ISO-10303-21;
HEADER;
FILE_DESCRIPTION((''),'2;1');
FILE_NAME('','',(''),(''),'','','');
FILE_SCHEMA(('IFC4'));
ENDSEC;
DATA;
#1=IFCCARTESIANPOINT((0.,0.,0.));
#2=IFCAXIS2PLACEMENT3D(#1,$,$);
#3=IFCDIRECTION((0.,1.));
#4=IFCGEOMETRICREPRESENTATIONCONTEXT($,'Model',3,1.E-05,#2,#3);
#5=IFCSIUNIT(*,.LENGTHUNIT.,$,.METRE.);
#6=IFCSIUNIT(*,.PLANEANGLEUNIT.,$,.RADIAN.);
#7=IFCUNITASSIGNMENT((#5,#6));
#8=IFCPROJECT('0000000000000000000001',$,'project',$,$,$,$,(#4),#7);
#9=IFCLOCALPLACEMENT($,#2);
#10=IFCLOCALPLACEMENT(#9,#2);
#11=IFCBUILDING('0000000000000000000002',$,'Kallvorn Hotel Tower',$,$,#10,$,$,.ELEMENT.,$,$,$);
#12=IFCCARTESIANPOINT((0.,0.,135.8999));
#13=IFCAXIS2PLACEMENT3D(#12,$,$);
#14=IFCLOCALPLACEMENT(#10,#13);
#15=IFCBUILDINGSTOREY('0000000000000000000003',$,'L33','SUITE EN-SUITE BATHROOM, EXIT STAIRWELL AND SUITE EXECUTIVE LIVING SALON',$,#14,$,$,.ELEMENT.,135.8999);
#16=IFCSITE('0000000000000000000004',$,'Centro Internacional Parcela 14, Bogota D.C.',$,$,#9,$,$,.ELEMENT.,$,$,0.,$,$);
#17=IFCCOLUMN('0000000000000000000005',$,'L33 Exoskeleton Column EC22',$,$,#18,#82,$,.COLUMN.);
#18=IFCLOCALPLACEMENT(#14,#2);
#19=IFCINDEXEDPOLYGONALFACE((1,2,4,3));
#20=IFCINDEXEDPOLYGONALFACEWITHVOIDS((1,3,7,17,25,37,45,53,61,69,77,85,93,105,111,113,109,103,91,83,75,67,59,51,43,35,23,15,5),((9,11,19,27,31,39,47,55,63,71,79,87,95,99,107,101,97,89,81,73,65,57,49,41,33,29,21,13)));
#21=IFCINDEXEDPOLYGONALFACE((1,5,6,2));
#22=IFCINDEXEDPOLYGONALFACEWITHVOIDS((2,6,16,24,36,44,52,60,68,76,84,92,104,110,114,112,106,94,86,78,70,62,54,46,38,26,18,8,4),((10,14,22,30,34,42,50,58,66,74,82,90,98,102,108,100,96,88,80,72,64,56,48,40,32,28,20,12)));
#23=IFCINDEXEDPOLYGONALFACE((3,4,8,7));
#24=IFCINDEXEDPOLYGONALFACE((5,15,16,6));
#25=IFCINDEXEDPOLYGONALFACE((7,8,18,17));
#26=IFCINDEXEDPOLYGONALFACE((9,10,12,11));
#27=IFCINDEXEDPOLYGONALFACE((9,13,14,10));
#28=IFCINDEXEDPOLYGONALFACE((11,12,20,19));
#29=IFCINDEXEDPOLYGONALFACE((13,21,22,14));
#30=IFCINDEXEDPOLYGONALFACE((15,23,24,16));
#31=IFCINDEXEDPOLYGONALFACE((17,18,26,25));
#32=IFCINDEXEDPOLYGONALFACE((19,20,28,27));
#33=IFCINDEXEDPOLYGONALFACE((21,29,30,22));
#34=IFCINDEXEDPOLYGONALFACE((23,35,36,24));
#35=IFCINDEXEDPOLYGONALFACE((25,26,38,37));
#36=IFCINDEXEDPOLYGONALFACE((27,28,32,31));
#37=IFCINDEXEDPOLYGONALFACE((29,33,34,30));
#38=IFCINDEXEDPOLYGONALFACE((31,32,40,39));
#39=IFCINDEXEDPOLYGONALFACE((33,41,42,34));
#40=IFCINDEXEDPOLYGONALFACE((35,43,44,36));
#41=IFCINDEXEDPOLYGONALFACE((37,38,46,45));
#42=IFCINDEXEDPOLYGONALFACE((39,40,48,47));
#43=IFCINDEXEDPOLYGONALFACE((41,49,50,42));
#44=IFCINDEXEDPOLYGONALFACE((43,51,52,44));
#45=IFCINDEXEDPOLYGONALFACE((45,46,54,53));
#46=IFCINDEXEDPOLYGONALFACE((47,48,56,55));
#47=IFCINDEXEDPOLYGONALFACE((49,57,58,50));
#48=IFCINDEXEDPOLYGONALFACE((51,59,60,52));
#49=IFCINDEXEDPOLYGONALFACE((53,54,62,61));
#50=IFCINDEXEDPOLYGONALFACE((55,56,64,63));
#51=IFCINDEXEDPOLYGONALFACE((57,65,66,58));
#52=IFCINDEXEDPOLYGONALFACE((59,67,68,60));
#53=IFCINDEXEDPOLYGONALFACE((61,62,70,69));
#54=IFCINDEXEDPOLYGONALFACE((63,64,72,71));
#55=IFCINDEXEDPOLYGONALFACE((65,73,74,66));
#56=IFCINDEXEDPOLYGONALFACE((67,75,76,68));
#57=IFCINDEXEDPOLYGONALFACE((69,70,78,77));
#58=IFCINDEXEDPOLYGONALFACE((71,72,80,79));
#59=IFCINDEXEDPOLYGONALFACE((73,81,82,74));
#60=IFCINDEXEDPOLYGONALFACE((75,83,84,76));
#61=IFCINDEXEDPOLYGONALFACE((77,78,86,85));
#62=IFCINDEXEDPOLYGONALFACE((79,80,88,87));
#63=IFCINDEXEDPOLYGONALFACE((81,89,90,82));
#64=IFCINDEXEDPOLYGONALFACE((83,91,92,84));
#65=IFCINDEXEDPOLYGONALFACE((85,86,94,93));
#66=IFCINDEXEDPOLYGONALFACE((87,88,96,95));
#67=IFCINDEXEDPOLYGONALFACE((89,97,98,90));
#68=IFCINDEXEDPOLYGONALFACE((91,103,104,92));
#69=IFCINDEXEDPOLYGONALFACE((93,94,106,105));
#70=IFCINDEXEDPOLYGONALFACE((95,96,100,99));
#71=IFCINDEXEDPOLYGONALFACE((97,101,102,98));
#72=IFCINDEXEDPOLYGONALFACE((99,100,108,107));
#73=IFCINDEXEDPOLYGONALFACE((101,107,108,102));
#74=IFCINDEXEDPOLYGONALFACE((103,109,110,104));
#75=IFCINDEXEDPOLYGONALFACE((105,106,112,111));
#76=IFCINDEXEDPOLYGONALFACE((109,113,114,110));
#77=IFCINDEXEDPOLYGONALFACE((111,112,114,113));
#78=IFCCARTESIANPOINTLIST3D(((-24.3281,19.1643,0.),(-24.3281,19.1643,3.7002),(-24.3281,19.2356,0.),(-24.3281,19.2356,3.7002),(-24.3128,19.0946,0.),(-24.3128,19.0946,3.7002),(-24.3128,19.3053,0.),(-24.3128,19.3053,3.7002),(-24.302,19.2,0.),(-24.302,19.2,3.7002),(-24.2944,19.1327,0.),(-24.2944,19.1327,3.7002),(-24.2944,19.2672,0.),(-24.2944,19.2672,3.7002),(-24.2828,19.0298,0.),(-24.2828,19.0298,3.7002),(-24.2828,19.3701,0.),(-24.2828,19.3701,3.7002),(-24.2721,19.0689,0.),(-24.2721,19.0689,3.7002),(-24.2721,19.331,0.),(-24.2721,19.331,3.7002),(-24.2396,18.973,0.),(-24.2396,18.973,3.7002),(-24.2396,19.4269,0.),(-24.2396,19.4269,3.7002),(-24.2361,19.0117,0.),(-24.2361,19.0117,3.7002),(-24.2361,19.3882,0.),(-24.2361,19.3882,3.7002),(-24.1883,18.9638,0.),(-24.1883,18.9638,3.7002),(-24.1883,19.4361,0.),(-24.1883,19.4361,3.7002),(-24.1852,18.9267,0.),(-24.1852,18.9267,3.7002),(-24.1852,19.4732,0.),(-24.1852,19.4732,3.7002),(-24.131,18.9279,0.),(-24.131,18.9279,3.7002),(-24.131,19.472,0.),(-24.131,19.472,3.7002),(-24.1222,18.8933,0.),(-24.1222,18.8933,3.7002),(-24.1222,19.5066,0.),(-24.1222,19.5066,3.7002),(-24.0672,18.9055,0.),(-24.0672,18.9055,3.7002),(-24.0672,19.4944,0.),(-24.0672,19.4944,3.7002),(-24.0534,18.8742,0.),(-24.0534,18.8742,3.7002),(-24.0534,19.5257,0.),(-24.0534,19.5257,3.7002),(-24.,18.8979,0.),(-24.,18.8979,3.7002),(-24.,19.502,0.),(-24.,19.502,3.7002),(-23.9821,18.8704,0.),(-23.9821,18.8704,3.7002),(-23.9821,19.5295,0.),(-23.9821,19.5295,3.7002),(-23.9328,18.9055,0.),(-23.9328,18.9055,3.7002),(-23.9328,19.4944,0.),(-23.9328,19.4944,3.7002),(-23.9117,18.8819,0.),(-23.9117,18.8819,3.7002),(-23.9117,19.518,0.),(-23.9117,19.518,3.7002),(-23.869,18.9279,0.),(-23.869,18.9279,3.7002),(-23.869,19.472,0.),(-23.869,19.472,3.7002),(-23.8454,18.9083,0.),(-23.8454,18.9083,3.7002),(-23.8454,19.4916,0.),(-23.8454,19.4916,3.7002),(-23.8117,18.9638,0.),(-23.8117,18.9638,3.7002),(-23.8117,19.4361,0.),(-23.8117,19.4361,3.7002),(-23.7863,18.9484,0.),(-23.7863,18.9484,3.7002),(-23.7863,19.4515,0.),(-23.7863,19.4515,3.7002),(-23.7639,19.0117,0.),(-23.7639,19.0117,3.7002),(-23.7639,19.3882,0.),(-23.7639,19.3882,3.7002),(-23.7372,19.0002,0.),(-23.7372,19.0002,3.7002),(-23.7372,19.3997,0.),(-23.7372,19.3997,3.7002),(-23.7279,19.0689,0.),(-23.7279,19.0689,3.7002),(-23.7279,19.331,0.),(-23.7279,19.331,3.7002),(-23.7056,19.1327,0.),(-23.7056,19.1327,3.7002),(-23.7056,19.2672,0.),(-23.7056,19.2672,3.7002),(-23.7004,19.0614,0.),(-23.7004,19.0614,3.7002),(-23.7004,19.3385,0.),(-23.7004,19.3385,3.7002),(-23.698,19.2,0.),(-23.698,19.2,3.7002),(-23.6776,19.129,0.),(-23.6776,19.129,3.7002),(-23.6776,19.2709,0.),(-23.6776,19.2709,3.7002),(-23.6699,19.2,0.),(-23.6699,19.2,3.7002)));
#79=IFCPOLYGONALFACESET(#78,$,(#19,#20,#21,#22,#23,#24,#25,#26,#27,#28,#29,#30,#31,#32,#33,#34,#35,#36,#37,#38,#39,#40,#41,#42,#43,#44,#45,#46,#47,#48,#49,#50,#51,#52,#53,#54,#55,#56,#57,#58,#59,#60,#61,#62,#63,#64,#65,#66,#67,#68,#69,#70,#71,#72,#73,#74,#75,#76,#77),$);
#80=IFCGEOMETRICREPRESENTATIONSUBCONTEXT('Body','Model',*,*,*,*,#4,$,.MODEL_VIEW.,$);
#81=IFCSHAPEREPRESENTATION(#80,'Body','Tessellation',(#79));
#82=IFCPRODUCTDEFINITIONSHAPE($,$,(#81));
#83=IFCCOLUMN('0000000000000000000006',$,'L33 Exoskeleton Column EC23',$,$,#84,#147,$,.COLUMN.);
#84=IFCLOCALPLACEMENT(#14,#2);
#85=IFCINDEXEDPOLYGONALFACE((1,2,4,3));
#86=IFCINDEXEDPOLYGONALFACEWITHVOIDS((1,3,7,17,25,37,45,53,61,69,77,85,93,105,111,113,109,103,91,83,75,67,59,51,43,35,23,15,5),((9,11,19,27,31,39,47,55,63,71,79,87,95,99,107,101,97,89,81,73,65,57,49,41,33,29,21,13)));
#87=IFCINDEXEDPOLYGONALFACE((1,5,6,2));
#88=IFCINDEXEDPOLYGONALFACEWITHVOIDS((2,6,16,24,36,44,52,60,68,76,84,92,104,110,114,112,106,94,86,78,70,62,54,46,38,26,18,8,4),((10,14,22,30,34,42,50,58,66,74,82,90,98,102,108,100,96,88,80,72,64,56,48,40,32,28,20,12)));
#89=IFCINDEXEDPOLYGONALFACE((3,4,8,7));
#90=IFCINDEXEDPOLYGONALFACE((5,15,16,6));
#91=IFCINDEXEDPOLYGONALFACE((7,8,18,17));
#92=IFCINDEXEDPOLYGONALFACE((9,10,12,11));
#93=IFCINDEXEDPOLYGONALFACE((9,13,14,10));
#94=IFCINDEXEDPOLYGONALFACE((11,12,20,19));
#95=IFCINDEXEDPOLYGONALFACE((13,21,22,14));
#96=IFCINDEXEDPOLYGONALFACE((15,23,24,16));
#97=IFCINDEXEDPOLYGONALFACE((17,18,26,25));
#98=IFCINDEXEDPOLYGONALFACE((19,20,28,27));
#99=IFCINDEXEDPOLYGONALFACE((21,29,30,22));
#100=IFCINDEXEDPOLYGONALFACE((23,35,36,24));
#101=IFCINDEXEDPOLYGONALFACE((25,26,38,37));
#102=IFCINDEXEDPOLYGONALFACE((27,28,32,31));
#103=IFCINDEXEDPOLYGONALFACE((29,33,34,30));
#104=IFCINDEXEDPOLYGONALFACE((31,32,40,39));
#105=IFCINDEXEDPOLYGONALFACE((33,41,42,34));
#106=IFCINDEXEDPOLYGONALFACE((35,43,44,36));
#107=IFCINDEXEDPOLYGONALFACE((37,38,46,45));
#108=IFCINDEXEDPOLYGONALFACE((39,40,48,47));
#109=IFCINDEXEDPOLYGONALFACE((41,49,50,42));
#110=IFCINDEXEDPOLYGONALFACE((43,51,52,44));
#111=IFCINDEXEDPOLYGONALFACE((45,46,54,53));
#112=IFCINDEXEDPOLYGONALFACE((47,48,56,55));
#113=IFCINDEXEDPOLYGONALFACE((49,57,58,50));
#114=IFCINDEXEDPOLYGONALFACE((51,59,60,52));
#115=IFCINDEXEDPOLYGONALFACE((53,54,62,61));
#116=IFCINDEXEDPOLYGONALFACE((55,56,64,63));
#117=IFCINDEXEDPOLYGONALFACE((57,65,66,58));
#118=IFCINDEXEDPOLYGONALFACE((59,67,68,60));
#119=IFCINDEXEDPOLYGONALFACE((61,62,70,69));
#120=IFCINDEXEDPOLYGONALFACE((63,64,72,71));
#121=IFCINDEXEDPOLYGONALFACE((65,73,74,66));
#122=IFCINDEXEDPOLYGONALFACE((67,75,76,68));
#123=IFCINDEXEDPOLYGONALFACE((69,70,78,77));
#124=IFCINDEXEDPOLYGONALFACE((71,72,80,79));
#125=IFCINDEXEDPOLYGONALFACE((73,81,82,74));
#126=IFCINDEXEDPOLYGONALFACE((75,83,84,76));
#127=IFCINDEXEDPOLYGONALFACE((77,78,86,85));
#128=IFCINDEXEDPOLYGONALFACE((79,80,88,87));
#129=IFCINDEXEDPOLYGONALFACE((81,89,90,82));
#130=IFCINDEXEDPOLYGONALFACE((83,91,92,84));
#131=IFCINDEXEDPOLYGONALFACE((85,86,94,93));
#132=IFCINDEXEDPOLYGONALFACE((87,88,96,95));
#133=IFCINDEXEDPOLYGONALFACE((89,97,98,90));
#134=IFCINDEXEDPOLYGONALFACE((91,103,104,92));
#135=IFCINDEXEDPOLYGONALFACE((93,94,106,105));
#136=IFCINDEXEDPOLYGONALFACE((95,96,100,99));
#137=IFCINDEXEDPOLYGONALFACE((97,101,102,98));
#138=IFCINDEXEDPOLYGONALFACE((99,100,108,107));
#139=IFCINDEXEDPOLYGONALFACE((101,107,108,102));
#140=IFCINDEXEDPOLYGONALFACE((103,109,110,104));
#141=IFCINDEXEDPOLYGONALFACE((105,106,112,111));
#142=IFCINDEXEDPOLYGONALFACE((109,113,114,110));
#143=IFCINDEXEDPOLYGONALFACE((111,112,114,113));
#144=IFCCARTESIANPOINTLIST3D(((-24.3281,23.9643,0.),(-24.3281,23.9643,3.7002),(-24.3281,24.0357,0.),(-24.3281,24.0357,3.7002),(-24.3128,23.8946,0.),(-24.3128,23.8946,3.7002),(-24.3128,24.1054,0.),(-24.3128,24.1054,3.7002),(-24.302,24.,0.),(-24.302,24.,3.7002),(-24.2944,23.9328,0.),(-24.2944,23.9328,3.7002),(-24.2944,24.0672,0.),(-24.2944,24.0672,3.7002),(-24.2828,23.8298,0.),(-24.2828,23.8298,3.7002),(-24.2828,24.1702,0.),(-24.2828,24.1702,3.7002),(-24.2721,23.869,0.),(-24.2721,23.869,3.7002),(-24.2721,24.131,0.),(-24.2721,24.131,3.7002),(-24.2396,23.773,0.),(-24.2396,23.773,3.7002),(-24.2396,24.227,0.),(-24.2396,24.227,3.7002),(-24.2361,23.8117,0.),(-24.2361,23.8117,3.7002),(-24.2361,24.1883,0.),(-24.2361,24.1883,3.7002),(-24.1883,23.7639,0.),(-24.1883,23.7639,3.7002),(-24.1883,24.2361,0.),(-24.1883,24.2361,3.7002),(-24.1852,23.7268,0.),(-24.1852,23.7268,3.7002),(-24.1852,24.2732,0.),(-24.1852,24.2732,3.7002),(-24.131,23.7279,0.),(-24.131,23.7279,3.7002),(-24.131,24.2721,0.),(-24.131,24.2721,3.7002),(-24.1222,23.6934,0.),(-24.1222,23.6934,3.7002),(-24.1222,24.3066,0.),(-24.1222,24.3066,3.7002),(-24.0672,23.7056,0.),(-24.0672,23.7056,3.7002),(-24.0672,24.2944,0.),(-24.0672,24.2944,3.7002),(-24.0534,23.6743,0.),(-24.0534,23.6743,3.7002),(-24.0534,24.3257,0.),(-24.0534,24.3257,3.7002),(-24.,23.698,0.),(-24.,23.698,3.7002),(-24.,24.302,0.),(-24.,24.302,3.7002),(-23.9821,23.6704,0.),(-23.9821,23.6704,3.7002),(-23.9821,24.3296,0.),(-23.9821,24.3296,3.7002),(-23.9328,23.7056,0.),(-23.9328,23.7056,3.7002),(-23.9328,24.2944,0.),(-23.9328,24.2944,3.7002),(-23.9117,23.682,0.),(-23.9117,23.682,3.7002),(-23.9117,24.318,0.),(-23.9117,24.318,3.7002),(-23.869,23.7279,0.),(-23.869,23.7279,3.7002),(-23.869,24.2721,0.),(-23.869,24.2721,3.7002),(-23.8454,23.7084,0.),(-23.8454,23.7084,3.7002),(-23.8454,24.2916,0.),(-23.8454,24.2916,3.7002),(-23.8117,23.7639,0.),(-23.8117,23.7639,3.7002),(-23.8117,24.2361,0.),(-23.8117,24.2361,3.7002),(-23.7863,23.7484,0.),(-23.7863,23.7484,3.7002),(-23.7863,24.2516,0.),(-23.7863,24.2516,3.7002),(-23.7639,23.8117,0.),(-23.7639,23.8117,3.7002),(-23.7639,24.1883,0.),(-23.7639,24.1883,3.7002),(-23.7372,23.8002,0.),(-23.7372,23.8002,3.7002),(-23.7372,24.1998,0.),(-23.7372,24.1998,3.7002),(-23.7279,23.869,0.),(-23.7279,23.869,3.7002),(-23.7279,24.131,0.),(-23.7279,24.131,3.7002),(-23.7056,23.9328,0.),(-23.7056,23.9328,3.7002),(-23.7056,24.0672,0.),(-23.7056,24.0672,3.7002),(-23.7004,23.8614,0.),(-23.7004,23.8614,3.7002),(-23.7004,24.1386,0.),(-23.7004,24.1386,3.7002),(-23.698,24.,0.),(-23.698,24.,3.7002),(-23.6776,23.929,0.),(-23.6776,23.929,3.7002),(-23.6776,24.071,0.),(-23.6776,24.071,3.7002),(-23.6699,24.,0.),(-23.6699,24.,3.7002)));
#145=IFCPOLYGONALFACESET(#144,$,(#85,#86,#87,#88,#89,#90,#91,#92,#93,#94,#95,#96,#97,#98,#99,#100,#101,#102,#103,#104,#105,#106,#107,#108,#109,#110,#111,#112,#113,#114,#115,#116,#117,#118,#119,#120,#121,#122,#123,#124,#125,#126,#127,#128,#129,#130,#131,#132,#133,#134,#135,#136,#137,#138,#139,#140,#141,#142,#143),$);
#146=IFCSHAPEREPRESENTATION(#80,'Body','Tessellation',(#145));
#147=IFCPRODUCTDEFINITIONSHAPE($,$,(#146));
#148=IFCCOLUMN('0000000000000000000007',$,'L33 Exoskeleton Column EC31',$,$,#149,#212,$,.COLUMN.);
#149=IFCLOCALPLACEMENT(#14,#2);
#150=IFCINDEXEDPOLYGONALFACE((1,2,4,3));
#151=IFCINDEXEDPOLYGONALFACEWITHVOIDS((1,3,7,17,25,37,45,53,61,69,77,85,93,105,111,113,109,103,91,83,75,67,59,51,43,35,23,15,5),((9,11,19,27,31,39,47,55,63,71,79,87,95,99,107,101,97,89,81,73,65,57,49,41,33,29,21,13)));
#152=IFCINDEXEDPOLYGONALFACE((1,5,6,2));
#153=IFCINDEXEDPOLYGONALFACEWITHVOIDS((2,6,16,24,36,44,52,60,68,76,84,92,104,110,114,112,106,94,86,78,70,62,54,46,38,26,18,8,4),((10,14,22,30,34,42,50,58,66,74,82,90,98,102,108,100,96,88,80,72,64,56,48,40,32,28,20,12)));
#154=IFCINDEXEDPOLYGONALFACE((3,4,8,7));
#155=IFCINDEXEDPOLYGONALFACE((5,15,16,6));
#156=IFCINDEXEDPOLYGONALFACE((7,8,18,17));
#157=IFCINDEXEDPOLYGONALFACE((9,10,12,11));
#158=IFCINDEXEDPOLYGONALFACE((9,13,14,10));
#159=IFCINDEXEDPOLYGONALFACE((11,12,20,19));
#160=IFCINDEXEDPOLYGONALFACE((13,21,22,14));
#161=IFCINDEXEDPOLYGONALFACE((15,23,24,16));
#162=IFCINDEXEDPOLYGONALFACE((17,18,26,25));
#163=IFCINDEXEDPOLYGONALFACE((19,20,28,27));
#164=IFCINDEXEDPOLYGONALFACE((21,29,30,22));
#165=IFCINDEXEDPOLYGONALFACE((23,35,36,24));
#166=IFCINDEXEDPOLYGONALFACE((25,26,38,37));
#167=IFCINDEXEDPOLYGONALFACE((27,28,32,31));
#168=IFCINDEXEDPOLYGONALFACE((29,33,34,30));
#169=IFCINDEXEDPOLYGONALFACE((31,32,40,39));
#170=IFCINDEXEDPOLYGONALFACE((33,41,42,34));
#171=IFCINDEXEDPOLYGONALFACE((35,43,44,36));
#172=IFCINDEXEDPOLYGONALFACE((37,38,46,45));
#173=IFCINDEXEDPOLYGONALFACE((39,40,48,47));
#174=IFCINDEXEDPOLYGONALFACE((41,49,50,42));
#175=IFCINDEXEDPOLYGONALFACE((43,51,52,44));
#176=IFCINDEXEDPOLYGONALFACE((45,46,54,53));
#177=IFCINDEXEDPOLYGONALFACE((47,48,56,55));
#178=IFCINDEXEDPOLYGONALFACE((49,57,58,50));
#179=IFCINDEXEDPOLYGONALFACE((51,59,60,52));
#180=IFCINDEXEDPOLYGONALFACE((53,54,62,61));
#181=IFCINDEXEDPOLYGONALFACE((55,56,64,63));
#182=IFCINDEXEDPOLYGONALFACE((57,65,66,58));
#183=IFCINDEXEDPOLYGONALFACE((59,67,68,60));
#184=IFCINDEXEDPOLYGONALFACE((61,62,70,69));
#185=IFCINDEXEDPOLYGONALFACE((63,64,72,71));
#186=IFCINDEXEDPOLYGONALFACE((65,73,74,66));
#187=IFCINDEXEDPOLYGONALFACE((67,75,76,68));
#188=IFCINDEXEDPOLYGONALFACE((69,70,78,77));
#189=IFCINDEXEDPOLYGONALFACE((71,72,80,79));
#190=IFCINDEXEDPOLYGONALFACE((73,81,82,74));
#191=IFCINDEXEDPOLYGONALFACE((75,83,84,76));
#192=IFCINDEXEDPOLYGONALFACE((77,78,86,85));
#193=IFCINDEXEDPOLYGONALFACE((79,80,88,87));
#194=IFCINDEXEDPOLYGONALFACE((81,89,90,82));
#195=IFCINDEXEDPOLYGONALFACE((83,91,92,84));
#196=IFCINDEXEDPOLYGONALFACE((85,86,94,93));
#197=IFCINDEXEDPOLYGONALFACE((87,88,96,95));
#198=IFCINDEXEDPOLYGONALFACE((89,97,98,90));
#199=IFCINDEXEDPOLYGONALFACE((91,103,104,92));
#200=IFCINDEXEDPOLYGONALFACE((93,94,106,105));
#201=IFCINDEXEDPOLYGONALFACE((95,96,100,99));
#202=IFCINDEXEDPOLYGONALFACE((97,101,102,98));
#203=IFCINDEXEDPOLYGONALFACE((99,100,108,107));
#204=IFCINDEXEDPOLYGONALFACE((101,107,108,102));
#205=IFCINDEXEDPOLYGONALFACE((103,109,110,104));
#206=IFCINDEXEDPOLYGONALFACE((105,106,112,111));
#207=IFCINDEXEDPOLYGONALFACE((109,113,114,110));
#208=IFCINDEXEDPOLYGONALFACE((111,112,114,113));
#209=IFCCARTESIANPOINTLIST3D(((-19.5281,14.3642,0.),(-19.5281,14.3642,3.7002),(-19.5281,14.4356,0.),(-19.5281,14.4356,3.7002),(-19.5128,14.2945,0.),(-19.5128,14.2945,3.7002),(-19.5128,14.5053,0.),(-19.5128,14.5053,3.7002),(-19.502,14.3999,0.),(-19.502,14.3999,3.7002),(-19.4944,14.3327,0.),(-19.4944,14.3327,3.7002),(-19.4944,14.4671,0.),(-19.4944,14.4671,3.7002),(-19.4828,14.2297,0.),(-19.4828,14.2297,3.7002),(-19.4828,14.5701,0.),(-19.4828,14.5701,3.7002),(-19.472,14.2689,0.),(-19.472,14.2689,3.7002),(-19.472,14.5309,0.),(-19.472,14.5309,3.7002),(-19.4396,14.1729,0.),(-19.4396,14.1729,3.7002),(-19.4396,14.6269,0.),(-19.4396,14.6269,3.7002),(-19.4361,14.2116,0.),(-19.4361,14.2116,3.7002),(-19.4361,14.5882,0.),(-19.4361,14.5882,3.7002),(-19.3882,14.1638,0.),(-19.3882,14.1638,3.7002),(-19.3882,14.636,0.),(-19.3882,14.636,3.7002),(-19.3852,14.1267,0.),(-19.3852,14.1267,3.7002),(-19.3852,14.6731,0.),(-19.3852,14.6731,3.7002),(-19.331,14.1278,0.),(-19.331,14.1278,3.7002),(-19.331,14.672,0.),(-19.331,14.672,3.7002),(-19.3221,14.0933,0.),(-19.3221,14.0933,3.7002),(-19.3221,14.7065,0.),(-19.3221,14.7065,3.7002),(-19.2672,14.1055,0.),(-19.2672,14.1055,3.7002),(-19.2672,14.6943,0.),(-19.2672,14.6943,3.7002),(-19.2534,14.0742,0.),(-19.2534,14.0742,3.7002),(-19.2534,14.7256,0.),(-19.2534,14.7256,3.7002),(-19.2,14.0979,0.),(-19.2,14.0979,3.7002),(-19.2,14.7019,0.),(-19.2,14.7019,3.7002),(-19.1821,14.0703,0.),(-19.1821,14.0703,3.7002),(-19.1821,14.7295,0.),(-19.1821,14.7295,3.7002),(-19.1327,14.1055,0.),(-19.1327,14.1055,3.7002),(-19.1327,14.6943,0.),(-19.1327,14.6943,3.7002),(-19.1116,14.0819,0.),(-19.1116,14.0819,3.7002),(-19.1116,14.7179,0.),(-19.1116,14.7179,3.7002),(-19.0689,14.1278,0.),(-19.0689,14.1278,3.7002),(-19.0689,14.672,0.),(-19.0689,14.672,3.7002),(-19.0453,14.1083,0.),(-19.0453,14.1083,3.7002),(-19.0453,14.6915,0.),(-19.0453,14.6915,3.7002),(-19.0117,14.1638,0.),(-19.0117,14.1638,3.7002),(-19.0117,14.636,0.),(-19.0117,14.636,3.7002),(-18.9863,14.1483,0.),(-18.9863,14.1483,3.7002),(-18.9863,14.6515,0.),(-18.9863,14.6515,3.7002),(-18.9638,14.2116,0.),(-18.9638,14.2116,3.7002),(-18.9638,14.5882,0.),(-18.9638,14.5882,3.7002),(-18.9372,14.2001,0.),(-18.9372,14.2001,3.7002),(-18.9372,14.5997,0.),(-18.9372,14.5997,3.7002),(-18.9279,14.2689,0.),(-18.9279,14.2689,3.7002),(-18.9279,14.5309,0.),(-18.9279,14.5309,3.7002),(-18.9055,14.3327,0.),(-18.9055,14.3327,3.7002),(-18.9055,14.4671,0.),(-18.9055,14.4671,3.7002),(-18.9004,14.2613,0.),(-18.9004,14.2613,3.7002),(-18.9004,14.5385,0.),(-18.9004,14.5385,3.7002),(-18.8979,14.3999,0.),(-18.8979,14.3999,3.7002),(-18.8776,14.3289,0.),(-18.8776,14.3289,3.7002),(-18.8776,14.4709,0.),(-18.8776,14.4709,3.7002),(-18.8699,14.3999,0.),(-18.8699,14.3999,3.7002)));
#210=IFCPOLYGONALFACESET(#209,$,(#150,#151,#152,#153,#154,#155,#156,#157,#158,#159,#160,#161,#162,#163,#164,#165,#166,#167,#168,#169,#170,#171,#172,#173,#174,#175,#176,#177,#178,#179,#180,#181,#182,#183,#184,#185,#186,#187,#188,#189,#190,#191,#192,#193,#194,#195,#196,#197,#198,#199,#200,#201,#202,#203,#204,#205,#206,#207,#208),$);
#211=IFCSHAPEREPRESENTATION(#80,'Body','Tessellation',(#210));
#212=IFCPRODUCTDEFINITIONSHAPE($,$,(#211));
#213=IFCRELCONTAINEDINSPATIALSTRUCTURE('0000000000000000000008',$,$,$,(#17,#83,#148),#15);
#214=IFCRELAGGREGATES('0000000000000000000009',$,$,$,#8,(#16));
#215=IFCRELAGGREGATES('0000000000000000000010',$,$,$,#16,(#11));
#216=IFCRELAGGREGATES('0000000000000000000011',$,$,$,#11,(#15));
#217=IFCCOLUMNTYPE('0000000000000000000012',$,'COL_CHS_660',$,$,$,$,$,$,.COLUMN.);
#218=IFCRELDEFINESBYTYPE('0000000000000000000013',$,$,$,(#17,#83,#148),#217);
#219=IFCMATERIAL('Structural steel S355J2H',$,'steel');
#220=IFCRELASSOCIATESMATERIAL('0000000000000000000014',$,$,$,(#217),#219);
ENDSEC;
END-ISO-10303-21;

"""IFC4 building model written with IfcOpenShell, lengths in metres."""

from ifc_helpers import new_model, si_unit, direction, frame, origin, origin_2d, place, context, subcontext, project, spatial, hollow_circle, extrude, material, material_profile, profile_set, type_object, element, save


model = new_model("IFC4")

# Units and contexts
model_context = context("Model", 3, precision=1e-05, world=origin(), true_north=direction((0.0, 1.0)))
body_context = subcontext(model_context, "Body", "Model", "MODEL_VIEW")
ifc_project = project(units=[si_unit("LENGTHUNIT", "METRE"), si_unit("PLANEANGLEUNIT", "RADIAN")], contexts=[model_context])

# Site, building, storey
site_placement = place(None, origin())
site = spatial("IfcSite", under=ifc_project, at=site_placement, Name="Centro Internacional Parcela 14, Bogota D.C.", CompositionType="ELEMENT", RefElevation=0.0)
building_placement = place(site_placement, origin())
building = spatial("IfcBuilding", under=site, at=building_placement, Name="Kallvorn Hotel Tower", CompositionType="ELEMENT")
storey_placement = place(building_placement, frame((0.0, 0.0, 135.8999)))
storey = spatial("IfcBuildingStorey", under=building, at=storey_placement, Name="L33", Description="SUITE EN-SUITE BATHROOM, EXIT STAIRWELL AND SUITE EXECUTIVE LIVING SALON", CompositionType="ELEMENT", Elevation=135.8999)

# Columns
ifc_material_1 = material(Name="Structural steel S355J2H", Category="steel")
ifc_material_profile_1 = material_profile(ifc_material_1, hollow_circle(Radius=0.3301, WallThickness=0.0281, at=origin_2d()), Name="CHS 660x28")
ifc_profile_set_1 = profile_set([ifc_material_profile_1], Name="Structural steel S355J2H")
column_type_1 = type_object("IfcColumnType", Name="COL_CHS_660", PredefinedType="COLUMN", material=ifc_profile_set_1)
for number, where, z_axis, x_axis, name in (
    (1, (-24.0, 19.2, 0.0), (0.0, 0.0, 1.0), (1.0, 0.0, 0.0), "L33 Exoskeleton Column EC22"),
    (2, (-24.0, 24.0, 0.0), (0.0, 0.0, 1.0), (1.0, 0.0, 0.0), "L33 Exoskeleton Column EC23"),
    (3, (-19.2, 14.3999, 0.0), (0.0, 0.0, 1.0), (1.0, 0.0, 0.0), "L33 Exoskeleton Column EC31"),
):
    element("IfcColumn", number, at=place(storey_placement, frame(where, z_axis=z_axis, x_axis=x_axis)), inside=storey, type_object=column_type_1, Name=name, PredefinedType="COLUMN", context=body_context, shape_type="SweptSolid", body=[
        extrude(hollow_circle(Radius=0.3301, WallThickness=0.0281, at=origin_2d()), origin(), (0.0, 0.0, 1.0), 3.7002),
    ])

save(model, "model.ifc")
